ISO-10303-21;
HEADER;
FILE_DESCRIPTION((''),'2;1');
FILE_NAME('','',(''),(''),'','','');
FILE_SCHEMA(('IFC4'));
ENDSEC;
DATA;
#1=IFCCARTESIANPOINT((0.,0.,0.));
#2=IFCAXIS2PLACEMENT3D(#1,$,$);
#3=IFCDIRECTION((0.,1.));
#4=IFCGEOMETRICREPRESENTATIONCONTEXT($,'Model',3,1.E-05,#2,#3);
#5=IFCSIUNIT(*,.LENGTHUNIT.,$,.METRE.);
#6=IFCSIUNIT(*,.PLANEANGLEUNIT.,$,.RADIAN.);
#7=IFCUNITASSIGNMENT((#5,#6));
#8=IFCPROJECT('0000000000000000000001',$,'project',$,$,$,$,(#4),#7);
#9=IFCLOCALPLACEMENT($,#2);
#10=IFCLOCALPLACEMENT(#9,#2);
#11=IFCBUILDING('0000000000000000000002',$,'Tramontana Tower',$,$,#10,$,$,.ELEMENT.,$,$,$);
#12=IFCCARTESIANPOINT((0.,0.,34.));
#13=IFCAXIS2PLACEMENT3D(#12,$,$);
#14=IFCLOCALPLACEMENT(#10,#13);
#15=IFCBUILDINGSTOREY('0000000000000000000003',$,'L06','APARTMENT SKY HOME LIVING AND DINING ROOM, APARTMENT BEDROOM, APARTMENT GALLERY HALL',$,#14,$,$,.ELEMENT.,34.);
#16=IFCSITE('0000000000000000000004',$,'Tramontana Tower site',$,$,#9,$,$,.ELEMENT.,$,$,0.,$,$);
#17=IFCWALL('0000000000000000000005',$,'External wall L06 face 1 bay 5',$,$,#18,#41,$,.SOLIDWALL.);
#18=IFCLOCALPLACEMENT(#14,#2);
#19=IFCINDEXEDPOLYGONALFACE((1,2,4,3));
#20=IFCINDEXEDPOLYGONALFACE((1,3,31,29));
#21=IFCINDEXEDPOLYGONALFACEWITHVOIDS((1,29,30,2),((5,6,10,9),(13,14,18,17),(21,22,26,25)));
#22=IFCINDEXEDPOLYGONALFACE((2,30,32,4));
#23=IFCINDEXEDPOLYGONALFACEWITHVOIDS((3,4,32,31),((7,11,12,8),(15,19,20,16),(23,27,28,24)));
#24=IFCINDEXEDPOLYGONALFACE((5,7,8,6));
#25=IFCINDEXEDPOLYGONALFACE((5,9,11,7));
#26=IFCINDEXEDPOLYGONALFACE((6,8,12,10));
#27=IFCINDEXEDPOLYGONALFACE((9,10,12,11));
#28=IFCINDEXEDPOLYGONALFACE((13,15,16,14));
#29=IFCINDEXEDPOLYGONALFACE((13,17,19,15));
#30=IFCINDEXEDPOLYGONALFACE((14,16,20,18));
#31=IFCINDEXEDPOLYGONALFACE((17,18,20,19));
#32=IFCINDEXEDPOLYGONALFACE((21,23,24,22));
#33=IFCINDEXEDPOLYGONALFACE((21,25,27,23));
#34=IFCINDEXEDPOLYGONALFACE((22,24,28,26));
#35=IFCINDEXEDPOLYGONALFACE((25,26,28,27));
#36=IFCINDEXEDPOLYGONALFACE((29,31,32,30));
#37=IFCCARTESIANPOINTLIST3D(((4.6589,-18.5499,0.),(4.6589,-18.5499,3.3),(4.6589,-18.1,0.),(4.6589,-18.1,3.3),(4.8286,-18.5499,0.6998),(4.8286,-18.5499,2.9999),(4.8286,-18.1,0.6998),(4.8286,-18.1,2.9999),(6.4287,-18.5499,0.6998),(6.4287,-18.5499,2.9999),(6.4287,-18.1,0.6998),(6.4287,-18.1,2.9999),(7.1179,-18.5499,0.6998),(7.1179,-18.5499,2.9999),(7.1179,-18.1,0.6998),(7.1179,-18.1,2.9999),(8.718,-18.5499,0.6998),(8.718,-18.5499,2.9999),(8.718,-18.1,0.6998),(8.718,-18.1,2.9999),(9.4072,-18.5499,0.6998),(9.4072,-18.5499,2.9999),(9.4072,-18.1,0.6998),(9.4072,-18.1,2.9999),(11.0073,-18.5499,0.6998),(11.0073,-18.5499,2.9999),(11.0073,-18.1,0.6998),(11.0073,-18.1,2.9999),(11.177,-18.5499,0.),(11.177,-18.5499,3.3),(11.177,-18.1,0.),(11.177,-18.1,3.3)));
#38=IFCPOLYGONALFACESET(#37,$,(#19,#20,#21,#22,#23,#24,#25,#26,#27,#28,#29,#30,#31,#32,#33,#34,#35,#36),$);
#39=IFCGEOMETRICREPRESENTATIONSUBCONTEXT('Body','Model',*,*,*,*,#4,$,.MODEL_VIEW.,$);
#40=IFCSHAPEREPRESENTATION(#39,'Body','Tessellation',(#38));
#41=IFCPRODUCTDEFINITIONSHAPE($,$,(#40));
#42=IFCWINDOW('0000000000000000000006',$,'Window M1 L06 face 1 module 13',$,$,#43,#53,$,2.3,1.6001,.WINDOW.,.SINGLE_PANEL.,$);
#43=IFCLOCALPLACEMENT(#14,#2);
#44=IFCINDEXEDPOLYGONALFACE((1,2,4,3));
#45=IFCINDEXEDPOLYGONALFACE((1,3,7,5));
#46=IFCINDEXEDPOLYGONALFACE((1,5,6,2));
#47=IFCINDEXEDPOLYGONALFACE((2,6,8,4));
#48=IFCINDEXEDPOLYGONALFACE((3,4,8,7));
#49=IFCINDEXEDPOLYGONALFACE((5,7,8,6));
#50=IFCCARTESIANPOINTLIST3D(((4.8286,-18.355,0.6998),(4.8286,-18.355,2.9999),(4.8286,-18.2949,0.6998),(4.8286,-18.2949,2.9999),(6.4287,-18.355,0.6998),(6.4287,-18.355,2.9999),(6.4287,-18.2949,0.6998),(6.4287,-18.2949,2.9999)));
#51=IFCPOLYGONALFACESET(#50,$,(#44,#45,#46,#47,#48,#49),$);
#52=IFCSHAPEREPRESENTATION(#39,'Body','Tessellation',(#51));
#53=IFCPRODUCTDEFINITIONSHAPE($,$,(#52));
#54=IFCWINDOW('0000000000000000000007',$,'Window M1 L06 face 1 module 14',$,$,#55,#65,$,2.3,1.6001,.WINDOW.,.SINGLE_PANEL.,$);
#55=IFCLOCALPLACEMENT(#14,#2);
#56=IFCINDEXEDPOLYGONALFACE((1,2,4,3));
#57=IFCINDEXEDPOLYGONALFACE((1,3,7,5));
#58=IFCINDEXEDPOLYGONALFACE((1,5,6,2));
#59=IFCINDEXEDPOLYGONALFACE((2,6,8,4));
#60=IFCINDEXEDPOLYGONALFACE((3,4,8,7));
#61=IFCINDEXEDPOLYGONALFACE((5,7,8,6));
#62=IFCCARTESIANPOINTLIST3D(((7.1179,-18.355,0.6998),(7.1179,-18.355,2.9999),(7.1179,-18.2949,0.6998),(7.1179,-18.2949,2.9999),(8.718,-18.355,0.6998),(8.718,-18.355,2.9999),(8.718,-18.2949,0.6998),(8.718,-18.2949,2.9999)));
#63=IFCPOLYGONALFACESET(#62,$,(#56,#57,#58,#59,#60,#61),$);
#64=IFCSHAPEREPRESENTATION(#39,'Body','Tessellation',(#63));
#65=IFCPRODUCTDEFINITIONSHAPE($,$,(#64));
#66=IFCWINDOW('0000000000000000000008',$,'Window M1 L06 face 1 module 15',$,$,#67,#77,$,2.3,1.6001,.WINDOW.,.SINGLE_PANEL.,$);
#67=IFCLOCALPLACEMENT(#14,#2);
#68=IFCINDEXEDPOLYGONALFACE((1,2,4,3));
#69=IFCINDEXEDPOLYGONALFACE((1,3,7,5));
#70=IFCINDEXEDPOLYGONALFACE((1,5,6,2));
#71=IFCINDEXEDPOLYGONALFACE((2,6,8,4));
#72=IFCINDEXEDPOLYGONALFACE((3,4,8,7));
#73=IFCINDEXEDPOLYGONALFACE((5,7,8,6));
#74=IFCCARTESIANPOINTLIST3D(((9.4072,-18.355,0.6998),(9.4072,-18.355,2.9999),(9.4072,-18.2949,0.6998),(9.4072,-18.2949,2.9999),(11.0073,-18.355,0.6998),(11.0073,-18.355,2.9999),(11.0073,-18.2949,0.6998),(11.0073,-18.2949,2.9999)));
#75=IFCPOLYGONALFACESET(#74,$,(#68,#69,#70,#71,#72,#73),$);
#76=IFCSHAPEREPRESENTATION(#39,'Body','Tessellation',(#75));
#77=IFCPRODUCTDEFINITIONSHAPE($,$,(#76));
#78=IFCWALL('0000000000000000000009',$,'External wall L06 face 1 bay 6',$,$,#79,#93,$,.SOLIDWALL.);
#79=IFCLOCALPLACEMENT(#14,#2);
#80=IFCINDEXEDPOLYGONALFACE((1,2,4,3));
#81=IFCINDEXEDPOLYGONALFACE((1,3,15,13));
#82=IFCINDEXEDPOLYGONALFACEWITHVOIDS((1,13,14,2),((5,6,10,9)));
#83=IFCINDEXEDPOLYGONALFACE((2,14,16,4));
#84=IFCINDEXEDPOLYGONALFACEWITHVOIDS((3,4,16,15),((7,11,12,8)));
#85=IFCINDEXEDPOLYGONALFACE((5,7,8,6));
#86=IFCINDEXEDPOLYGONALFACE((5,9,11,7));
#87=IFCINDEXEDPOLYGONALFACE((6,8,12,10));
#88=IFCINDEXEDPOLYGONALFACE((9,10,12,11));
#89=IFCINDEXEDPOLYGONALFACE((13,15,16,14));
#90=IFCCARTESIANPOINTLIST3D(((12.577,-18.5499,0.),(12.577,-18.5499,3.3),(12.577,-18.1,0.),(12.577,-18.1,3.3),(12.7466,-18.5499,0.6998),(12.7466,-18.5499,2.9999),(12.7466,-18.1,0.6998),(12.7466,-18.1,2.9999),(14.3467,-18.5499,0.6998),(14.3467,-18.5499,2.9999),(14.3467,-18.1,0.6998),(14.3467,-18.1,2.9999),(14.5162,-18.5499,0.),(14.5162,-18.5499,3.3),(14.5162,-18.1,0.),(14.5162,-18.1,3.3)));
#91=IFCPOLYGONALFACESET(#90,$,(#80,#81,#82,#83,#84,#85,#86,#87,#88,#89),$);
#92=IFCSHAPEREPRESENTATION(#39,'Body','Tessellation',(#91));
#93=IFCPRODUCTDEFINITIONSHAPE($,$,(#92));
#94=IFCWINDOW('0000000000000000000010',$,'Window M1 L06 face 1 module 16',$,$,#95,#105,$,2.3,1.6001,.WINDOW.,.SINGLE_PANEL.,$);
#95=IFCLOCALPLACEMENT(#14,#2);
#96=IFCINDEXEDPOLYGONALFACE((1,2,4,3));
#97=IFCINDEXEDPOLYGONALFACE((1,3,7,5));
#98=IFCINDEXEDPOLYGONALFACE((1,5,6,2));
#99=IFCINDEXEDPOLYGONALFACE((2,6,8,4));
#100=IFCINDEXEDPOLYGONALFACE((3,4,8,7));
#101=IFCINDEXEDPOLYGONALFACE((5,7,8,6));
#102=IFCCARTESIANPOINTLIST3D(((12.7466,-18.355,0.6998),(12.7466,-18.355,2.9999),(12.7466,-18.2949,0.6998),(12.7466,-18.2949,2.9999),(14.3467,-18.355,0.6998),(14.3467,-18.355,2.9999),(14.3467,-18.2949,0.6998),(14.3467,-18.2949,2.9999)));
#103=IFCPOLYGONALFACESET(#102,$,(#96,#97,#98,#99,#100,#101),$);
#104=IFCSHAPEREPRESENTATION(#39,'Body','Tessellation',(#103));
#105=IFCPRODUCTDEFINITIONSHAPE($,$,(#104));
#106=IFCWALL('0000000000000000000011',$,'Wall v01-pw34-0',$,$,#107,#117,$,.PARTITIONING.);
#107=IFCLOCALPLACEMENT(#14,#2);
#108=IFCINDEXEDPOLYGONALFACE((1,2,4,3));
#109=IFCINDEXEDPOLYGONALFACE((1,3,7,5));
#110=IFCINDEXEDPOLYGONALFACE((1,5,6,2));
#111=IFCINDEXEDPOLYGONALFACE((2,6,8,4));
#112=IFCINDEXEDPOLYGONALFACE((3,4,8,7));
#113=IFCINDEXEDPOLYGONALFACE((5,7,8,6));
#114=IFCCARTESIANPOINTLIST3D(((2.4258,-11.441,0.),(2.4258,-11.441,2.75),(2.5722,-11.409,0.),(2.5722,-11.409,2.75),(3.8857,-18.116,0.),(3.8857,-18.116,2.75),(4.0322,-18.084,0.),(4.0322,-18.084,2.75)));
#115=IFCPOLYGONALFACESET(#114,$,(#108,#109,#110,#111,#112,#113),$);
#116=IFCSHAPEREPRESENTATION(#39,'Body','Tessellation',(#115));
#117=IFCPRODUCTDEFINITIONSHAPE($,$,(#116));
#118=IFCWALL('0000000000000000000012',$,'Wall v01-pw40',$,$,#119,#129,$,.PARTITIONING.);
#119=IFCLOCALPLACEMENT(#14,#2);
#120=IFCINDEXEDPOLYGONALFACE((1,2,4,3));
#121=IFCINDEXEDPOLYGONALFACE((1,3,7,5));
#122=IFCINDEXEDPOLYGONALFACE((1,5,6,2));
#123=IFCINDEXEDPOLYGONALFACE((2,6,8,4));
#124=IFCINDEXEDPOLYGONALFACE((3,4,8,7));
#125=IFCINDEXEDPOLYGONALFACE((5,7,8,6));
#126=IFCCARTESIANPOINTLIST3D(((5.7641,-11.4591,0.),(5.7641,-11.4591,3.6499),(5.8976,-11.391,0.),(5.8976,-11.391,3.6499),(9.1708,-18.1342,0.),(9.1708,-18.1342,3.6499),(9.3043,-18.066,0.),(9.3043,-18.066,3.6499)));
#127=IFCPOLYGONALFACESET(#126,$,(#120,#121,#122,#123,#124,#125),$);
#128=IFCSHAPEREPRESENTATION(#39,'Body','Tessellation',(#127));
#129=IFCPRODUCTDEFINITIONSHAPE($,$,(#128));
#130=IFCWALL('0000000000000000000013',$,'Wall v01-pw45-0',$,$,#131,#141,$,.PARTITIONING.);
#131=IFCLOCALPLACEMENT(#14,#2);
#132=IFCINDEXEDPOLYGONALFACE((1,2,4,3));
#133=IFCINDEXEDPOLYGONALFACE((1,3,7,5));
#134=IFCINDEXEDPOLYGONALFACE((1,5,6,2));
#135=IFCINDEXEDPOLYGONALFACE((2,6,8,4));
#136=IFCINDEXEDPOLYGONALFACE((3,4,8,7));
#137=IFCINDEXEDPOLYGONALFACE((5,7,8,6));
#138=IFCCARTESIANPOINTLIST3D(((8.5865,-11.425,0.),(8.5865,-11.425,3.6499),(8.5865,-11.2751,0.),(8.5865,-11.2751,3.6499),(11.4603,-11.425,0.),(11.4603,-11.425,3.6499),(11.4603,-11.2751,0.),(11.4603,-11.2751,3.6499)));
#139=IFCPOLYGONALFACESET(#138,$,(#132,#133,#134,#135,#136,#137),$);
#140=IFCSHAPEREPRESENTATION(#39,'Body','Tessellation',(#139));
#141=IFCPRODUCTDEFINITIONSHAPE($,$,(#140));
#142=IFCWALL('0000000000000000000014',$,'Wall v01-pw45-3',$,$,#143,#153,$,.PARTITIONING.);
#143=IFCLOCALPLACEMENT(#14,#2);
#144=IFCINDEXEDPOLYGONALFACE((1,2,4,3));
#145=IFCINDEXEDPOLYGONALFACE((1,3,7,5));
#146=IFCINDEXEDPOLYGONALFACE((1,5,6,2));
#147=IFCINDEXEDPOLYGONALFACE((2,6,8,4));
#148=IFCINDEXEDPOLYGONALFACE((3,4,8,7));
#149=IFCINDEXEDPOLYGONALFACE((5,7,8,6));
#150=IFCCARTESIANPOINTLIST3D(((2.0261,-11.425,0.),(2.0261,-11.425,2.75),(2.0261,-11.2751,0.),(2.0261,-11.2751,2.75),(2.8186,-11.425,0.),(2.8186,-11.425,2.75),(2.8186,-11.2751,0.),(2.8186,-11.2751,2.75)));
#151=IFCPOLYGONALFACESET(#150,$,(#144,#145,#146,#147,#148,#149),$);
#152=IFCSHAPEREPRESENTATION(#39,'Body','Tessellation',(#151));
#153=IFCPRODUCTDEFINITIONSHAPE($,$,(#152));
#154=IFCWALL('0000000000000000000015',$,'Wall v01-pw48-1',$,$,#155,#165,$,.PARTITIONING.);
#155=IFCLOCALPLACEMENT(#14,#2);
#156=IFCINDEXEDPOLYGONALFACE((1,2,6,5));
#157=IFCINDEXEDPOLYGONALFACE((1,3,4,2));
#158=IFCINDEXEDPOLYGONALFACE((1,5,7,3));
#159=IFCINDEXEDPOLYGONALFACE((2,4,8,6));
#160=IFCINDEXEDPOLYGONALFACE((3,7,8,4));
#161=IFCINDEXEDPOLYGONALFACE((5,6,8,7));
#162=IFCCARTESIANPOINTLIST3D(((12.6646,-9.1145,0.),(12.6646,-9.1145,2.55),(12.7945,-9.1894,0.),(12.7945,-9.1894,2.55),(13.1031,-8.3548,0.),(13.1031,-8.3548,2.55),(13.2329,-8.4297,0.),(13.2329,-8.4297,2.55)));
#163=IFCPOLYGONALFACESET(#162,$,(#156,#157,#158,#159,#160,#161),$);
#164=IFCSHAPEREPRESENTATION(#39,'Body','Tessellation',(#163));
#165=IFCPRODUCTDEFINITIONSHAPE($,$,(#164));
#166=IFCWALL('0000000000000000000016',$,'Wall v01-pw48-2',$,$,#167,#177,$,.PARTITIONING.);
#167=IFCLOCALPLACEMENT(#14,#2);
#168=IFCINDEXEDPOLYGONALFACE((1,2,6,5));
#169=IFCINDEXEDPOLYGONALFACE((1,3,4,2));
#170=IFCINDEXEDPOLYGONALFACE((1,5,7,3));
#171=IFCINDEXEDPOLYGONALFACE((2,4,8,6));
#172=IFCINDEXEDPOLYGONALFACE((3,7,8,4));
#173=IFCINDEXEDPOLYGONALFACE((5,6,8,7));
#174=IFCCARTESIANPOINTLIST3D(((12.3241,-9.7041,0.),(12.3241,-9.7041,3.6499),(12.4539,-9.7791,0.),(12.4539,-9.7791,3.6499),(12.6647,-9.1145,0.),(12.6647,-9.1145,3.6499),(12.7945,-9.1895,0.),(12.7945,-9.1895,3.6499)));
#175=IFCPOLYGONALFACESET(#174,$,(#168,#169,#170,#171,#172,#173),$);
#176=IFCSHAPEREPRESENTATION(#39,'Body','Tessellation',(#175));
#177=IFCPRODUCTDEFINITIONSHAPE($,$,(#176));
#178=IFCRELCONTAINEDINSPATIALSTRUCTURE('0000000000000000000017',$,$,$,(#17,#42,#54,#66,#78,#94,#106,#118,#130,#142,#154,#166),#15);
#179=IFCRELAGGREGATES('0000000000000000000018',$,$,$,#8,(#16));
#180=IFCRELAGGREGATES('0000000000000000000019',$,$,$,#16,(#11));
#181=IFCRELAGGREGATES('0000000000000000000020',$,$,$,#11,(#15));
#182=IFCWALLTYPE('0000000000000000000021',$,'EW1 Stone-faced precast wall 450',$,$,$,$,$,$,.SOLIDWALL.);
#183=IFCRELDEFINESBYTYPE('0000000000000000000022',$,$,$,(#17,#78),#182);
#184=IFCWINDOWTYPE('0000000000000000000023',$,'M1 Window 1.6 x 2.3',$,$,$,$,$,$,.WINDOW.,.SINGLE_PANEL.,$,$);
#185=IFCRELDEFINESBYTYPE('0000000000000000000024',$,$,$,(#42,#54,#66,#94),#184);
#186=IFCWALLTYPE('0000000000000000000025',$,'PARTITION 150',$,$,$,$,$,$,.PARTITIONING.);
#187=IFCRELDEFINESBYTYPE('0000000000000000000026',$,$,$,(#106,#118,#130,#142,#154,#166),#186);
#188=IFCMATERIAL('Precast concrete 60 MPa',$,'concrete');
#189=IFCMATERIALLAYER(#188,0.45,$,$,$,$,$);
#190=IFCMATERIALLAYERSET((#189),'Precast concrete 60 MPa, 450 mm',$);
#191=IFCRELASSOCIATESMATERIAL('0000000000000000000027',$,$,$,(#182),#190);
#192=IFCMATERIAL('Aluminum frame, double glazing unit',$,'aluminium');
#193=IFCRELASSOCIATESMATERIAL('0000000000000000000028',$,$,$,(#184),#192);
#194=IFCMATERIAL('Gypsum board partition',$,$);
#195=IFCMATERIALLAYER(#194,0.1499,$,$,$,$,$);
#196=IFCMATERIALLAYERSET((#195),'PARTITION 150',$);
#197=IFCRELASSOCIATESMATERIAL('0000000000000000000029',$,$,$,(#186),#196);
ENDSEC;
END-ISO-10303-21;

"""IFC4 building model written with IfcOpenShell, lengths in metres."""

from ifc_helpers import new_model, si_unit, direction, frame, frame_2d, origin, place, context, subcontext, project, spatial, rectangle, extrude, material, layer, layer_set, type_object, element, fill, save


model = new_model("IFC4")

# Units and contexts
model_context = context("Model", 3, precision=1e-05, world=origin(), true_north=direction((0.0, 1.0)))
body_context = subcontext(model_context, "Body", "Model", "MODEL_VIEW")
ifc_project = project(units=[si_unit("LENGTHUNIT", "METRE"), si_unit("PLANEANGLEUNIT", "RADIAN")], contexts=[model_context])

# Site, building, storey
site_placement = place(None, origin())
site = spatial("IfcSite", under=ifc_project, at=site_placement, Name="Tramontana Tower site", CompositionType="ELEMENT", RefElevation=0.0)
building_placement = place(site_placement, origin())
building = spatial("IfcBuilding", under=site, at=building_placement, Name="Tramontana Tower", CompositionType="ELEMENT")
storey_placement = place(building_placement, frame((0.0, 0.0, 34.0)))
storey = spatial("IfcBuildingStorey", under=building, at=storey_placement, Name="L06", Description="APARTMENT SKY HOME LIVING AND DINING ROOM, APARTMENT BEDROOM, APARTMENT GALLERY HALL", CompositionType="ELEMENT", Elevation=34.0)

# Wall, openings, windows
ifc_material_1 = material(Name="Precast concrete 60 MPa", Category="concrete")
ifc_layer_1 = layer(ifc_material_1, 0.45)
ifc_layer_set_1 = layer_set([ifc_layer_1], Name="Precast concrete 60 MPa, 450 mm")
wall_type_1 = type_object("IfcWallType", Name="EW1 Stone-faced precast wall 450", PredefinedType="SOLIDWALL", material=ifc_layer_set_1)
wall_1_placement = place(storey_placement, frame((4.6589, -18.325, 0.0), z_axis=(0.0, 0.0, 1.0), x_axis=(1.0, 0.0, 0.0)))
wall_1 = element("IfcWall", 1, at=wall_1_placement, inside=storey, type_object=wall_type_1, Name="External wall L06 face 1 bay 5", PredefinedType="SOLIDWALL", context=body_context, shape_type="SweptSolid", body=[
    extrude(rectangle(XDim=6.5181, YDim=0.45, at=frame_2d((3.259, 0.0))), origin(), (0.0, 0.0, 1.0), 3.3),
])
opening_1_placement = place(wall_1_placement, frame((0.1697, 0.0, 0.7)))
opening_1 = element("IfcOpeningElement", 2, at=opening_1_placement, cuts=wall_1, PredefinedType="OPENING", context=body_context, shape_type="SweptSolid", body=[
    extrude(rectangle(XDim=1.6001, YDim=2.3, at=frame_2d((0.8, 1.1499))), frame((0.0, 0.2349, 0.0), z_axis=(0.0, -1.0, 0.0), x_axis=(1.0, 0.0, 0.0)), (0.0, 0.0, 1.0), 0.47),
])
opening_2_placement = place(wall_1_placement, frame((2.459, 0.0, 0.7)))
opening_2 = element("IfcOpeningElement", 3, at=opening_2_placement, cuts=wall_1, PredefinedType="OPENING", context=body_context, shape_type="SweptSolid", body=[
    extrude(rectangle(XDim=1.6001, YDim=2.3, at=frame_2d((0.8, 1.1499))), frame((0.0, 0.2349, 0.0), z_axis=(0.0, -1.0, 0.0), x_axis=(1.0, 0.0, 0.0)), (0.0, 0.0, 1.0), 0.47),
])
opening_3_placement = place(wall_1_placement, frame((4.7483, 0.0, 0.7)))
opening_3 = element("IfcOpeningElement", 4, at=opening_3_placement, cuts=wall_1, PredefinedType="OPENING", context=body_context, shape_type="SweptSolid", body=[
    extrude(rectangle(XDim=1.6001, YDim=2.3, at=frame_2d((0.8, 1.1499))), frame((0.0, 0.2349, 0.0), z_axis=(0.0, -1.0, 0.0), x_axis=(1.0, 0.0, 0.0)), (0.0, 0.0, 1.0), 0.47),
])
ifc_material_2 = material(Name="Aluminum frame, double glazing unit", Category="aluminium")
window_type = type_object("IfcWindowType", Name="M1 Window 1.6 x 2.3", PartitioningType="SINGLE_PANEL", PredefinedType="WINDOW", material=ifc_material_2)
window_1_placement = place(opening_1_placement, origin())
window_1 = element("IfcWindow", 5, at=window_1_placement, inside=storey, type_object=window_type, Name="Window M1 L06 face 1 module 13", OverallHeight=2.3, OverallWidth=1.6001, PartitioningType="SINGLE_PANEL", PredefinedType="WINDOW", context=body_context, shape_type="SweptSolid", body=[
    extrude(rectangle(XDim=1.6001, YDim=2.3, at=frame_2d((0.8, 1.1499))), frame((0.0, 0.03, 0.0), z_axis=(0.0, -1.0, 0.0), x_axis=(1.0, 0.0, 0.0)), (0.0, 0.0, 1.0), 0.0601),
])
fill(opening_1, window_1)
window_2_placement = place(opening_2_placement, origin())
window_2 = element("IfcWindow", 6, at=window_2_placement, inside=storey, type_object=window_type, Name="Window M1 L06 face 1 module 14", OverallHeight=2.3, OverallWidth=1.6001, PartitioningType="SINGLE_PANEL", PredefinedType="WINDOW", context=body_context, shape_type="SweptSolid", body=[
    extrude(rectangle(XDim=1.6001, YDim=2.3, at=frame_2d((0.8, 1.1499))), frame((0.0, 0.03, 0.0), z_axis=(0.0, -1.0, 0.0), x_axis=(1.0, 0.0, 0.0)), (0.0, 0.0, 1.0), 0.0601),
])
fill(opening_2, window_2)
window_3_placement = place(opening_3_placement, origin())
window_3 = element("IfcWindow", 7, at=window_3_placement, inside=storey, type_object=window_type, Name="Window M1 L06 face 1 module 15", OverallHeight=2.3, OverallWidth=1.6001, PartitioningType="SINGLE_PANEL", PredefinedType="WINDOW", context=body_context, shape_type="SweptSolid", body=[
    extrude(rectangle(XDim=1.6001, YDim=2.3, at=frame_2d((0.8, 1.1499))), frame((0.0, 0.03, 0.0), z_axis=(0.0, -1.0, 0.0), x_axis=(1.0, 0.0, 0.0)), (0.0, 0.0, 1.0), 0.0601),
])
fill(opening_3, window_3)

# Wall, opening, window
wall_2_placement = place(storey_placement, frame((12.5769, -18.325, 0.0), z_axis=(0.0, 0.0, 1.0), x_axis=(1.0, 0.0, 0.0)))
wall_2 = element("IfcWall", 8, at=wall_2_placement, inside=storey, type_object=wall_type_1, Name="External wall L06 face 1 bay 6", PredefinedType="SOLIDWALL", context=body_context, shape_type="SweptSolid", body=[
    extrude(rectangle(XDim=1.9392, YDim=0.45, at=frame_2d((0.9697, 0.0))), origin(), (0.0, 0.0, 1.0), 3.3),
])
opening_4_placement = place(wall_2_placement, frame((0.1697, 0.0, 0.7)))
opening_4 = element("IfcOpeningElement", 9, at=opening_4_placement, cuts=wall_2, PredefinedType="OPENING", context=body_context, shape_type="SweptSolid", body=[
    extrude(rectangle(XDim=1.6001, YDim=2.3, at=frame_2d((0.8, 1.1499))), frame((0.0, 0.2349, 0.0), z_axis=(0.0, -1.0, 0.0), x_axis=(1.0, 0.0, 0.0)), (0.0, 0.0, 1.0), 0.47),
])
window_4_placement = place(opening_4_placement, origin())
window_4 = element("IfcWindow", 10, at=window_4_placement, inside=storey, type_object=window_type, Name="Window M1 L06 face 1 module 16", OverallHeight=2.3, OverallWidth=1.6001, PartitioningType="SINGLE_PANEL", PredefinedType="WINDOW", context=body_context, shape_type="SweptSolid", body=[
    extrude(rectangle(XDim=1.6001, YDim=2.3, at=frame_2d((0.8, 1.1499))), frame((0.0, 0.03, 0.0), z_axis=(0.0, -1.0, 0.0), x_axis=(1.0, 0.0, 0.0)), (0.0, 0.0, 1.0), 0.0601),
])
fill(opening_4, window_4)

# Walls
ifc_material_3 = material(Name="Gypsum board partition")
ifc_layer_2 = layer(ifc_material_3, 0.1499)
ifc_layer_set_2 = layer_set([ifc_layer_2], Name="PARTITION 150")
wall_type_2 = type_object("IfcWallType", Name="PARTITION 150", PredefinedType="PARTITIONING", material=ifc_layer_set_2)
wall_3_placement = place(storey_placement, frame((3.959, -18.1001, 0.0), z_axis=(0.0, 0.0, 1.0), x_axis=(-0.213668, 0.976906, 0.0)))
element("IfcWall", 11, at=wall_3_placement, inside=storey, type_object=wall_type_2, Name="Wall v01-pw34-0", PredefinedType="PARTITIONING", context=body_context, shape_type="SweptSolid", body=[
    extrude(rectangle(XDim=6.8328, YDim=0.1499, at=frame_2d((3.4165, 0.0))), origin(), (0.0, 0.0, 1.0), 2.75),
])
wall_4_placement = place(storey_placement, frame((9.2375, -18.1001, 0.0), z_axis=(0.0, 0.0, 1.0), x_axis=(-0.454587, 0.890702, 0.0)))
element("IfcWall", 12, at=wall_4_placement, inside=storey, type_object=wall_type_2, Name="Wall v01-pw40", PredefinedType="PARTITIONING", context=body_context, shape_type="SweptSolid", body=[
    extrude(rectangle(XDim=7.4941, YDim=0.1499, at=frame_2d((3.7471, 0.0))), origin(), (0.0, 0.0, 1.0), 3.6499),
])
wall_5_placement = place(storey_placement, frame((11.4604, -11.3501, 0.0), z_axis=(0.0, 0.0, 1.0), x_axis=(-1.0, 0.0, 0.0)))
element("IfcWall", 13, at=wall_5_placement, inside=storey, type_object=wall_type_2, Name="Wall v01-pw45-0", PredefinedType="PARTITIONING", context=body_context, shape_type="SweptSolid", body=[
    extrude(rectangle(XDim=2.8738, YDim=0.1499, at=frame_2d((1.437, 0.0))), origin(), (0.0, 0.0, 1.0), 3.6499),
])

# Wall
wall_6_placement = place(storey_placement, frame((2.8186, -11.3501, 0.0), z_axis=(0.0, 0.0, 1.0), x_axis=(-1.0, 0.0, 0.0)))
element("IfcWall", 14, at=wall_6_placement, inside=storey, type_object=wall_type_2, Name="Wall v01-pw45-3", PredefinedType="PARTITIONING", context=body_context, shape_type="SweptSolid", body=[
    extrude(rectangle(XDim=0.7925, YDim=0.1499, at=frame_2d((0.3962, 0.0))), origin(), (0.0, 0.0, 1.0), 2.75),
])

# Walls
wall_7_placement = place(storey_placement, frame((13.168, -8.3923, 0.0), z_axis=(0.0, 0.0, 1.0), x_axis=(-0.499851, -0.866111, 0.0)))
element("IfcWall", 15, at=wall_7_placement, inside=storey, type_object=wall_type_2, Name="Wall v01-pw48-1", PredefinedType="PARTITIONING", context=body_context, shape_type="SweptSolid", body=[
    extrude(rectangle(XDim=0.8772, YDim=0.1499, at=frame_2d((0.4385, 0.0))), origin(), (0.0, 0.0, 1.0), 2.55),
])
wall_8_placement = place(storey_placement, frame((12.7295, -9.1521, 0.0), z_axis=(0.0, 0.0, 1.0), x_axis=(-0.500188, -0.865917, 0.0)))
element("IfcWall", 16, at=wall_8_placement, inside=storey, type_object=wall_type_2, Name="Wall v01-pw48-2", PredefinedType="PARTITIONING", context=body_context, shape_type="SweptSolid", body=[
    extrude(rectangle(XDim=0.6809, YDim=0.1499, at=frame_2d((0.3403, 0.0))), origin(), (0.0, 0.0, 1.0), 3.6499),
])

save(model, "model.ifc")
